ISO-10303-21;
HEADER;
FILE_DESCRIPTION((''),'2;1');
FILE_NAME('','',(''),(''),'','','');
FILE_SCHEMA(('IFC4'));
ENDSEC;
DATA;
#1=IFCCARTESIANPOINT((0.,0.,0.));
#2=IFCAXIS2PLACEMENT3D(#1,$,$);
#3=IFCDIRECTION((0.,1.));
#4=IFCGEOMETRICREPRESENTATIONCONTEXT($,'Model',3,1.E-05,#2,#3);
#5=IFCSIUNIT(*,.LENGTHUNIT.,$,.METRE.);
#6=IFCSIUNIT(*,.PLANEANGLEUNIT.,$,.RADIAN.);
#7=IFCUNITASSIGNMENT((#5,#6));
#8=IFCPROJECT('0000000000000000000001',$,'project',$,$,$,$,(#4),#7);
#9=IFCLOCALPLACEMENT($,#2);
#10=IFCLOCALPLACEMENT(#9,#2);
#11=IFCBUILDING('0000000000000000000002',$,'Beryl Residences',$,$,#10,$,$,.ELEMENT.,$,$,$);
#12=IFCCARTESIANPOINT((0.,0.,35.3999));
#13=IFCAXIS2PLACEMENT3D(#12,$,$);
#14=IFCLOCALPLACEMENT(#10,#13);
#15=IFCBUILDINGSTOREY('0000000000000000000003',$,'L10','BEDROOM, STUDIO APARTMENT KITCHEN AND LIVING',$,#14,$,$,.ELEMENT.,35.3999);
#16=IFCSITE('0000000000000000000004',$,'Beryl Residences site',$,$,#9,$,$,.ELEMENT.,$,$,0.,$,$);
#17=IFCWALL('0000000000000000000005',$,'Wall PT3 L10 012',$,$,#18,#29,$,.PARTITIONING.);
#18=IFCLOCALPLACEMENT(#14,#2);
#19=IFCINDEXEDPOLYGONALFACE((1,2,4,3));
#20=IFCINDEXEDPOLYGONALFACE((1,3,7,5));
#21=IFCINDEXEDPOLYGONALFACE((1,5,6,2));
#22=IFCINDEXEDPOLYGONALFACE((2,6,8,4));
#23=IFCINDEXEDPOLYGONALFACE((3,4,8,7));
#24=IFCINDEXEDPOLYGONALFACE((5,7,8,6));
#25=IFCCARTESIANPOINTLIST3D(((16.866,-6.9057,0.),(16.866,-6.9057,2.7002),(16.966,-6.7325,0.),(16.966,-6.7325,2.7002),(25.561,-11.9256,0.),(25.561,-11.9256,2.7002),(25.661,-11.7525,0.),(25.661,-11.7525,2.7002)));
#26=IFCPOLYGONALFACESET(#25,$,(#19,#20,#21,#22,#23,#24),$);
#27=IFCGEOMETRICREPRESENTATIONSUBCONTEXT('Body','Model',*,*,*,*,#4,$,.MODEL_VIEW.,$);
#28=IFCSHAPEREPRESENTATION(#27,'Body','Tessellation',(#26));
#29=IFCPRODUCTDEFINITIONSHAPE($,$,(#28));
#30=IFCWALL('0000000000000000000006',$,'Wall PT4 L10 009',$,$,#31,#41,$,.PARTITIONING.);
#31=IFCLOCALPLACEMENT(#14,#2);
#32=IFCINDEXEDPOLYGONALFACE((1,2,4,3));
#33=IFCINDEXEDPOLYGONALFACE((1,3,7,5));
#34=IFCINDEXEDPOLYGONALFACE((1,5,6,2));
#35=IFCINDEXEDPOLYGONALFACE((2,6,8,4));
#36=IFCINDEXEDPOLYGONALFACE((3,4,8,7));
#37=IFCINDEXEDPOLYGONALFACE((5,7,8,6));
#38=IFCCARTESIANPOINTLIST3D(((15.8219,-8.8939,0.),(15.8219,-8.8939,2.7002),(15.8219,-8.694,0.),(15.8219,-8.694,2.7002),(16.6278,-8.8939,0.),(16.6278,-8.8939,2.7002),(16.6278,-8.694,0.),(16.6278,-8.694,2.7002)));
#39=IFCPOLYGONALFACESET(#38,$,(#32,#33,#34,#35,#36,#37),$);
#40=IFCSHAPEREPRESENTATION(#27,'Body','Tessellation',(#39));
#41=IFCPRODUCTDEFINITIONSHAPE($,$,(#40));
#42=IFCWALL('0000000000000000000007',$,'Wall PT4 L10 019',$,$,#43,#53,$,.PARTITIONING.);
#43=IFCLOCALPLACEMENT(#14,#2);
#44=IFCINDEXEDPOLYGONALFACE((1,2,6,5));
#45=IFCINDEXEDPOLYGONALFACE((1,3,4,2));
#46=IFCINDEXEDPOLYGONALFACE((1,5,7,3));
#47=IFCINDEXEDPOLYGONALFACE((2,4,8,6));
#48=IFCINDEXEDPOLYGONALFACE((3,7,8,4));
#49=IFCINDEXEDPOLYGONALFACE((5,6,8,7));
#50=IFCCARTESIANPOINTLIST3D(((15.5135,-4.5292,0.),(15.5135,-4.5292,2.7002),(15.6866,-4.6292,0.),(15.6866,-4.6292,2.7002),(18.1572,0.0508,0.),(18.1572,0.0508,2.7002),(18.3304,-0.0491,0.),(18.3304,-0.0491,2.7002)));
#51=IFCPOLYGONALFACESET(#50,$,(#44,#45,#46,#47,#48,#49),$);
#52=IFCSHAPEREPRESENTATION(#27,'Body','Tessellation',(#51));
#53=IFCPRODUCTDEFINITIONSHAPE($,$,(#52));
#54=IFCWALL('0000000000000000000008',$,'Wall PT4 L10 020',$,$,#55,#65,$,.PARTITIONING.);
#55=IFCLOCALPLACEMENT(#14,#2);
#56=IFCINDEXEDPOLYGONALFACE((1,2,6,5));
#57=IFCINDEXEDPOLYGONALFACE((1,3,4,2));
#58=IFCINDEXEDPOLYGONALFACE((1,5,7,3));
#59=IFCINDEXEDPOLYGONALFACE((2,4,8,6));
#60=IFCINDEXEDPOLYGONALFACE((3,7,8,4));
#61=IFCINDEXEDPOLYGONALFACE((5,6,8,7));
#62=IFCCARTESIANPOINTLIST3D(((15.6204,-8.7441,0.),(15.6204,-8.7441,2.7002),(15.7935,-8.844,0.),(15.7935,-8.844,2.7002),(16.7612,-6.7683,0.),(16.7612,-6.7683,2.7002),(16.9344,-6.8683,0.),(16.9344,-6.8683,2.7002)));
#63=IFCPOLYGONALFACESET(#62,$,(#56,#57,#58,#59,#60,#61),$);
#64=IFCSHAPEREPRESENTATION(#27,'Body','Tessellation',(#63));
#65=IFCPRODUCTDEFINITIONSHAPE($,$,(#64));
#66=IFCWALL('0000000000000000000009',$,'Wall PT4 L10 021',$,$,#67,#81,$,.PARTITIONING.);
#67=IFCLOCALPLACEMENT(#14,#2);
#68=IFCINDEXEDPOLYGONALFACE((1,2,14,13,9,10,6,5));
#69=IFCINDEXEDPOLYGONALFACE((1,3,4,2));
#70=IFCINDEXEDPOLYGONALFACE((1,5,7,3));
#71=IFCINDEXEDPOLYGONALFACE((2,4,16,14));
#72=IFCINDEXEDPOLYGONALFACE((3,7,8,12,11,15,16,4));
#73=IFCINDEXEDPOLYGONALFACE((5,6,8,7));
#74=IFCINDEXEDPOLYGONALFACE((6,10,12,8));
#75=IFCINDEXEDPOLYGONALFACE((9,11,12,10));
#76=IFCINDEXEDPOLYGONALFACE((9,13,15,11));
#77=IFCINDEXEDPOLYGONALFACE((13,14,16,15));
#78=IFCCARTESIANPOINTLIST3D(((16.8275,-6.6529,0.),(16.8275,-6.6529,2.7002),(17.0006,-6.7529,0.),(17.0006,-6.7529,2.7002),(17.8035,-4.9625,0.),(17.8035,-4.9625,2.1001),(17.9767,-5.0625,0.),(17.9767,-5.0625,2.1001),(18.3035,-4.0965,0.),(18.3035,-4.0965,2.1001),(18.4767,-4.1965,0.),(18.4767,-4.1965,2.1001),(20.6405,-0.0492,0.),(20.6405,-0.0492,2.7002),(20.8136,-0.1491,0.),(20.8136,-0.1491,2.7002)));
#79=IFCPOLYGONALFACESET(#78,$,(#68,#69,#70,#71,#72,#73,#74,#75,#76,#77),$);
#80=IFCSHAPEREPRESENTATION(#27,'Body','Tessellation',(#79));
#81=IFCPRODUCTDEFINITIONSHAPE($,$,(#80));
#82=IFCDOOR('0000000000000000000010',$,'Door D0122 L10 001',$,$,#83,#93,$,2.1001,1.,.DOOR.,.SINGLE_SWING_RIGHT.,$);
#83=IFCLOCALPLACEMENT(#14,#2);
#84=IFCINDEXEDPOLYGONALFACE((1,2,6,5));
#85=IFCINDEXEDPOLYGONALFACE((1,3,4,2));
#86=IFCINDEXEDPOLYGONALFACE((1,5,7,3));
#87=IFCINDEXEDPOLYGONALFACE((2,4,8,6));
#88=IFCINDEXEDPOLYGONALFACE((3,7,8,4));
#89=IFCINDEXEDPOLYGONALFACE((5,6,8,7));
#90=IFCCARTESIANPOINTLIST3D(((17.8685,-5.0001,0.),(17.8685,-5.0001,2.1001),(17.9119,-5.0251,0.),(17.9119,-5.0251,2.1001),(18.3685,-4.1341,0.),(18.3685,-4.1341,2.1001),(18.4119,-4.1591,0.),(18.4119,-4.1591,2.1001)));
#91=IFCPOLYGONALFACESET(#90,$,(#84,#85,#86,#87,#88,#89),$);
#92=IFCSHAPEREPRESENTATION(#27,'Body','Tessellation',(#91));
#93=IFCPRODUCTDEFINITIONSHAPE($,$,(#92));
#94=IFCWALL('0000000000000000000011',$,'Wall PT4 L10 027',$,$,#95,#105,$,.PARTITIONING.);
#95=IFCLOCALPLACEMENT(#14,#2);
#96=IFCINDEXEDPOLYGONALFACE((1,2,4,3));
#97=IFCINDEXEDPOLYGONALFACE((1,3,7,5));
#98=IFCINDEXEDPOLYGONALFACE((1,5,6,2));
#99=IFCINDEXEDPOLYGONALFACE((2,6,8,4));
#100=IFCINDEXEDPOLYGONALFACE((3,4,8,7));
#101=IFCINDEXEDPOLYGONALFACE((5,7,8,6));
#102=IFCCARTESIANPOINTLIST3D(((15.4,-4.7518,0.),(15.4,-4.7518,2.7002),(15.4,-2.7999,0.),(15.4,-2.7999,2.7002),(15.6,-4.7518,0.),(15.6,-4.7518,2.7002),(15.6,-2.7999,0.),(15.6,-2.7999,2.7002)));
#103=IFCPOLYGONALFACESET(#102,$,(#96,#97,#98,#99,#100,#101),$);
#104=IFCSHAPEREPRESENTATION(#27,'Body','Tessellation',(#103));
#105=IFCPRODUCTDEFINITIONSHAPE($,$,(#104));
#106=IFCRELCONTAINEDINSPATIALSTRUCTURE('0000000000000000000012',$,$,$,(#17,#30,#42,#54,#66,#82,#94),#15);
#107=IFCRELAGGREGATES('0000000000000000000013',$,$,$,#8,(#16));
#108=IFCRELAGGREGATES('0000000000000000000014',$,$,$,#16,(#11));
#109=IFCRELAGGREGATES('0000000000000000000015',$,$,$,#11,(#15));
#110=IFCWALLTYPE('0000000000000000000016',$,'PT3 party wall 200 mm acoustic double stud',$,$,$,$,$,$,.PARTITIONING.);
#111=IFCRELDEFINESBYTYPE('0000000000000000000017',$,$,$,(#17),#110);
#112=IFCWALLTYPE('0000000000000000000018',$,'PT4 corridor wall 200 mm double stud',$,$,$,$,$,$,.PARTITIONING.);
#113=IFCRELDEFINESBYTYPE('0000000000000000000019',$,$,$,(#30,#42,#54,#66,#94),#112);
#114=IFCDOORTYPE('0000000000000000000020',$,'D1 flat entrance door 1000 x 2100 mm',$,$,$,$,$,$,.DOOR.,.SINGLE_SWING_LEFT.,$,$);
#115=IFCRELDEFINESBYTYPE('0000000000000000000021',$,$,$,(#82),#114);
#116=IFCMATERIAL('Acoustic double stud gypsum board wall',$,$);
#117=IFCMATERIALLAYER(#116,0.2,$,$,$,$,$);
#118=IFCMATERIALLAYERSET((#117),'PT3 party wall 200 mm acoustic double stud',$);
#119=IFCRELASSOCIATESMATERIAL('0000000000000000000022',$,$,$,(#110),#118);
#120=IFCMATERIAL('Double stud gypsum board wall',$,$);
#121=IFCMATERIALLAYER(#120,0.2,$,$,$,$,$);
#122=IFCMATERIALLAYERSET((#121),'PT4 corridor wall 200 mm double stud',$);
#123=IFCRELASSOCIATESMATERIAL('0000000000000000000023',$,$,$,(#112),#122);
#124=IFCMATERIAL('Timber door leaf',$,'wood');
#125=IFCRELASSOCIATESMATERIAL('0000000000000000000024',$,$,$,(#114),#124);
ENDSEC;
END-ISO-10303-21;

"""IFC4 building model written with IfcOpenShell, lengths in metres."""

from ifc_helpers import new_model, si_unit, direction, frame, frame_2d, origin, place, context, subcontext, project, spatial, rectangle, extrude, material, layer, layer_set, type_object, element, fill, save


model = new_model("IFC4")

# Units and contexts
model_context = context("Model", 3, precision=1e-05, world=origin(), true_north=direction((0.0, 1.0)))
body_context = subcontext(model_context, "Body", "Model", "MODEL_VIEW")
ifc_project = project(units=[si_unit("LENGTHUNIT", "METRE"), si_unit("PLANEANGLEUNIT", "RADIAN")], contexts=[model_context])

# Site, building, storey
site_placement = place(None, origin())
site = spatial("IfcSite", under=ifc_project, at=site_placement, Name="Beryl Residences site", CompositionType="ELEMENT", RefElevation=0.0)
building_placement = place(site_placement, origin())
building = spatial("IfcBuilding", under=site, at=building_placement, Name="Beryl Residences", CompositionType="ELEMENT")
storey_placement = place(building_placement, frame((0.0, 0.0, 35.3999)))
storey = spatial("IfcBuildingStorey", under=building, at=storey_placement, Name="L10", Description="BEDROOM, STUDIO APARTMENT KITCHEN AND LIVING", CompositionType="ELEMENT", Elevation=35.3999)

# Walls
ifc_material_1 = material(Name="Acoustic double stud gypsum board wall")
ifc_layer_1 = layer(ifc_material_1, 0.2)
ifc_layer_set_1 = layer_set([ifc_layer_1], Name="PT3 party wall 200 mm acoustic double stud")
wall_type_1 = type_object("IfcWallType", Name="PT3 party wall 200 mm acoustic double stud", PredefinedType="PARTITIONING", material=ifc_layer_set_1)
wall_1_placement = place(storey_placement, frame((16.916, -6.8191, 0.0), z_axis=(0.0, 0.0, 1.0), x_axis=(0.866029, -0.499994, 0.0)))
element("IfcWall", 1, at=wall_1_placement, inside=storey, type_object=wall_type_1, Name="Wall PT3 L10 012", PredefinedType="PARTITIONING", context=body_context, shape_type="SweptSolid", body=[
    extrude(rectangle(XDim=10.04, YDim=0.2, at=frame_2d((5.02, 0.0))), origin(), (0.0, 0.0, 1.0), 2.7002),
])
ifc_material_2 = material(Name="Double stud gypsum board wall")
ifc_layer_2 = layer(ifc_material_2, 0.2)
ifc_layer_set_2 = layer_set([ifc_layer_2], Name="PT4 corridor wall 200 mm double stud")
wall_type_2 = type_object("IfcWallType", Name="PT4 corridor wall 200 mm double stud", PredefinedType="PARTITIONING", material=ifc_layer_set_2)
wall_2_placement = place(storey_placement, frame((15.822, -8.7939, 0.0), z_axis=(0.0, 0.0, 1.0), x_axis=(1.0, 0.0, 0.0)))
element("IfcWall", 2, at=wall_2_placement, inside=storey, type_object=wall_type_2, Name="Wall PT4 L10 009", PredefinedType="PARTITIONING", context=body_context, shape_type="SweptSolid", body=[
    extrude(rectangle(XDim=0.8059, YDim=0.2, at=frame_2d((0.4028, 0.0))), origin(), (0.0, 0.0, 1.0), 2.7002),
])
wall_3_placement = place(storey_placement, frame((15.6001, -4.5791, 0.0), z_axis=(0.0, 0.0, 1.0), x_axis=(0.499928, 0.866067, 0.0)))
element("IfcWall", 3, at=wall_3_placement, inside=storey, type_object=wall_type_2, Name="Wall PT4 L10 019", PredefinedType="PARTITIONING", context=body_context, shape_type="SweptSolid", body=[
    extrude(rectangle(XDim=5.2883, YDim=0.2, at=frame_2d((2.644, 0.0))), origin(), (0.0, 0.0, 1.0), 2.7002),
])
wall_4_placement = place(storey_placement, frame((15.707, -8.7939, 0.0), z_axis=(0.0, 0.0, 1.0), x_axis=(0.50004, 0.866002, 0.0)))
element("IfcWall", 4, at=wall_4_placement, inside=storey, type_object=wall_type_2, Name="Wall PT4 L10 020", PredefinedType="PARTITIONING", context=body_context, shape_type="SweptSolid", body=[
    extrude(rectangle(XDim=2.2815, YDim=0.2, at=frame_2d((1.1406, 0.0))), origin(), (0.0, 0.0, 1.0), 2.7002),
])

# Wall, opening, door
wall_5_placement = place(storey_placement, frame((16.9141, -6.7029, 0.0), z_axis=(0.0, 0.0, 1.0), x_axis=(0.50003, 0.866008, 0.0)))
wall_5 = element("IfcWall", 5, at=wall_5_placement, inside=storey, type_object=wall_type_2, Name="Wall PT4 L10 021", PredefinedType="PARTITIONING", context=body_context, shape_type="SweptSolid", body=[
    extrude(rectangle(XDim=7.6255, YDim=0.2, at=frame_2d((3.8127, 0.0))), origin(), (0.0, 0.0, 1.0), 2.7002),
])
opening_1_placement = place(wall_5_placement, frame((1.9519, 0.0, 0.0)))
opening_1 = element("IfcOpeningElement", 6, at=opening_1_placement, cuts=wall_5, PredefinedType="OPENING", context=body_context, shape_type="SweptSolid", body=[
    extrude(rectangle(XDim=1.0, YDim=2.1001, at=frame_2d((0.5, 1.05))), frame((0.0, 0.1099, 0.0), z_axis=(0.0, -1.0, 0.0), x_axis=(1.0, 0.0, 0.0)), (0.0, 0.0, 1.0), 0.22),
])
ifc_material_3 = material(Name="Timber door leaf", Category="wood")
door_type_1 = type_object("IfcDoorType", Name="D1 flat entrance door 1000 x 2100 mm", OperationType="SINGLE_SWING_LEFT", PredefinedType="DOOR", material=ifc_material_3)
door_1_placement = place(opening_1_placement, origin())
door_1 = element("IfcDoor", 7, at=door_1_placement, inside=storey, type_object=door_type_1, Name="Door D0122 L10 001", OperationType="SINGLE_SWING_RIGHT", OverallHeight=2.1001, OverallWidth=1.0, PredefinedType="DOOR", context=body_context, shape_type="SweptSolid", body=[
    extrude(rectangle(XDim=1.0, YDim=2.1001, at=frame_2d((0.5, 1.05))), frame((0.0, 0.0249, 0.0), z_axis=(0.0, -1.0, 0.0), x_axis=(1.0, 0.0, 0.0)), (0.0, 0.0, 1.0), 0.05),
])
fill(opening_1, door_1)

# Wall
wall_6_placement = place(storey_placement, frame((15.5, -4.752, 0.0), z_axis=(0.0, 0.0, 1.0), x_axis=(0.0, 1.0, 0.0)))
element("IfcWall", 8, at=wall_6_placement, inside=storey, type_object=wall_type_2, Name="Wall PT4 L10 027", PredefinedType="PARTITIONING", context=body_context, shape_type="SweptSolid", body=[
    extrude(rectangle(XDim=1.9519, YDim=0.2, at=frame_2d((0.9761, 0.0))), origin(), (0.0, 0.0, 1.0), 2.7002),
])

save(model, "model.ifc")
